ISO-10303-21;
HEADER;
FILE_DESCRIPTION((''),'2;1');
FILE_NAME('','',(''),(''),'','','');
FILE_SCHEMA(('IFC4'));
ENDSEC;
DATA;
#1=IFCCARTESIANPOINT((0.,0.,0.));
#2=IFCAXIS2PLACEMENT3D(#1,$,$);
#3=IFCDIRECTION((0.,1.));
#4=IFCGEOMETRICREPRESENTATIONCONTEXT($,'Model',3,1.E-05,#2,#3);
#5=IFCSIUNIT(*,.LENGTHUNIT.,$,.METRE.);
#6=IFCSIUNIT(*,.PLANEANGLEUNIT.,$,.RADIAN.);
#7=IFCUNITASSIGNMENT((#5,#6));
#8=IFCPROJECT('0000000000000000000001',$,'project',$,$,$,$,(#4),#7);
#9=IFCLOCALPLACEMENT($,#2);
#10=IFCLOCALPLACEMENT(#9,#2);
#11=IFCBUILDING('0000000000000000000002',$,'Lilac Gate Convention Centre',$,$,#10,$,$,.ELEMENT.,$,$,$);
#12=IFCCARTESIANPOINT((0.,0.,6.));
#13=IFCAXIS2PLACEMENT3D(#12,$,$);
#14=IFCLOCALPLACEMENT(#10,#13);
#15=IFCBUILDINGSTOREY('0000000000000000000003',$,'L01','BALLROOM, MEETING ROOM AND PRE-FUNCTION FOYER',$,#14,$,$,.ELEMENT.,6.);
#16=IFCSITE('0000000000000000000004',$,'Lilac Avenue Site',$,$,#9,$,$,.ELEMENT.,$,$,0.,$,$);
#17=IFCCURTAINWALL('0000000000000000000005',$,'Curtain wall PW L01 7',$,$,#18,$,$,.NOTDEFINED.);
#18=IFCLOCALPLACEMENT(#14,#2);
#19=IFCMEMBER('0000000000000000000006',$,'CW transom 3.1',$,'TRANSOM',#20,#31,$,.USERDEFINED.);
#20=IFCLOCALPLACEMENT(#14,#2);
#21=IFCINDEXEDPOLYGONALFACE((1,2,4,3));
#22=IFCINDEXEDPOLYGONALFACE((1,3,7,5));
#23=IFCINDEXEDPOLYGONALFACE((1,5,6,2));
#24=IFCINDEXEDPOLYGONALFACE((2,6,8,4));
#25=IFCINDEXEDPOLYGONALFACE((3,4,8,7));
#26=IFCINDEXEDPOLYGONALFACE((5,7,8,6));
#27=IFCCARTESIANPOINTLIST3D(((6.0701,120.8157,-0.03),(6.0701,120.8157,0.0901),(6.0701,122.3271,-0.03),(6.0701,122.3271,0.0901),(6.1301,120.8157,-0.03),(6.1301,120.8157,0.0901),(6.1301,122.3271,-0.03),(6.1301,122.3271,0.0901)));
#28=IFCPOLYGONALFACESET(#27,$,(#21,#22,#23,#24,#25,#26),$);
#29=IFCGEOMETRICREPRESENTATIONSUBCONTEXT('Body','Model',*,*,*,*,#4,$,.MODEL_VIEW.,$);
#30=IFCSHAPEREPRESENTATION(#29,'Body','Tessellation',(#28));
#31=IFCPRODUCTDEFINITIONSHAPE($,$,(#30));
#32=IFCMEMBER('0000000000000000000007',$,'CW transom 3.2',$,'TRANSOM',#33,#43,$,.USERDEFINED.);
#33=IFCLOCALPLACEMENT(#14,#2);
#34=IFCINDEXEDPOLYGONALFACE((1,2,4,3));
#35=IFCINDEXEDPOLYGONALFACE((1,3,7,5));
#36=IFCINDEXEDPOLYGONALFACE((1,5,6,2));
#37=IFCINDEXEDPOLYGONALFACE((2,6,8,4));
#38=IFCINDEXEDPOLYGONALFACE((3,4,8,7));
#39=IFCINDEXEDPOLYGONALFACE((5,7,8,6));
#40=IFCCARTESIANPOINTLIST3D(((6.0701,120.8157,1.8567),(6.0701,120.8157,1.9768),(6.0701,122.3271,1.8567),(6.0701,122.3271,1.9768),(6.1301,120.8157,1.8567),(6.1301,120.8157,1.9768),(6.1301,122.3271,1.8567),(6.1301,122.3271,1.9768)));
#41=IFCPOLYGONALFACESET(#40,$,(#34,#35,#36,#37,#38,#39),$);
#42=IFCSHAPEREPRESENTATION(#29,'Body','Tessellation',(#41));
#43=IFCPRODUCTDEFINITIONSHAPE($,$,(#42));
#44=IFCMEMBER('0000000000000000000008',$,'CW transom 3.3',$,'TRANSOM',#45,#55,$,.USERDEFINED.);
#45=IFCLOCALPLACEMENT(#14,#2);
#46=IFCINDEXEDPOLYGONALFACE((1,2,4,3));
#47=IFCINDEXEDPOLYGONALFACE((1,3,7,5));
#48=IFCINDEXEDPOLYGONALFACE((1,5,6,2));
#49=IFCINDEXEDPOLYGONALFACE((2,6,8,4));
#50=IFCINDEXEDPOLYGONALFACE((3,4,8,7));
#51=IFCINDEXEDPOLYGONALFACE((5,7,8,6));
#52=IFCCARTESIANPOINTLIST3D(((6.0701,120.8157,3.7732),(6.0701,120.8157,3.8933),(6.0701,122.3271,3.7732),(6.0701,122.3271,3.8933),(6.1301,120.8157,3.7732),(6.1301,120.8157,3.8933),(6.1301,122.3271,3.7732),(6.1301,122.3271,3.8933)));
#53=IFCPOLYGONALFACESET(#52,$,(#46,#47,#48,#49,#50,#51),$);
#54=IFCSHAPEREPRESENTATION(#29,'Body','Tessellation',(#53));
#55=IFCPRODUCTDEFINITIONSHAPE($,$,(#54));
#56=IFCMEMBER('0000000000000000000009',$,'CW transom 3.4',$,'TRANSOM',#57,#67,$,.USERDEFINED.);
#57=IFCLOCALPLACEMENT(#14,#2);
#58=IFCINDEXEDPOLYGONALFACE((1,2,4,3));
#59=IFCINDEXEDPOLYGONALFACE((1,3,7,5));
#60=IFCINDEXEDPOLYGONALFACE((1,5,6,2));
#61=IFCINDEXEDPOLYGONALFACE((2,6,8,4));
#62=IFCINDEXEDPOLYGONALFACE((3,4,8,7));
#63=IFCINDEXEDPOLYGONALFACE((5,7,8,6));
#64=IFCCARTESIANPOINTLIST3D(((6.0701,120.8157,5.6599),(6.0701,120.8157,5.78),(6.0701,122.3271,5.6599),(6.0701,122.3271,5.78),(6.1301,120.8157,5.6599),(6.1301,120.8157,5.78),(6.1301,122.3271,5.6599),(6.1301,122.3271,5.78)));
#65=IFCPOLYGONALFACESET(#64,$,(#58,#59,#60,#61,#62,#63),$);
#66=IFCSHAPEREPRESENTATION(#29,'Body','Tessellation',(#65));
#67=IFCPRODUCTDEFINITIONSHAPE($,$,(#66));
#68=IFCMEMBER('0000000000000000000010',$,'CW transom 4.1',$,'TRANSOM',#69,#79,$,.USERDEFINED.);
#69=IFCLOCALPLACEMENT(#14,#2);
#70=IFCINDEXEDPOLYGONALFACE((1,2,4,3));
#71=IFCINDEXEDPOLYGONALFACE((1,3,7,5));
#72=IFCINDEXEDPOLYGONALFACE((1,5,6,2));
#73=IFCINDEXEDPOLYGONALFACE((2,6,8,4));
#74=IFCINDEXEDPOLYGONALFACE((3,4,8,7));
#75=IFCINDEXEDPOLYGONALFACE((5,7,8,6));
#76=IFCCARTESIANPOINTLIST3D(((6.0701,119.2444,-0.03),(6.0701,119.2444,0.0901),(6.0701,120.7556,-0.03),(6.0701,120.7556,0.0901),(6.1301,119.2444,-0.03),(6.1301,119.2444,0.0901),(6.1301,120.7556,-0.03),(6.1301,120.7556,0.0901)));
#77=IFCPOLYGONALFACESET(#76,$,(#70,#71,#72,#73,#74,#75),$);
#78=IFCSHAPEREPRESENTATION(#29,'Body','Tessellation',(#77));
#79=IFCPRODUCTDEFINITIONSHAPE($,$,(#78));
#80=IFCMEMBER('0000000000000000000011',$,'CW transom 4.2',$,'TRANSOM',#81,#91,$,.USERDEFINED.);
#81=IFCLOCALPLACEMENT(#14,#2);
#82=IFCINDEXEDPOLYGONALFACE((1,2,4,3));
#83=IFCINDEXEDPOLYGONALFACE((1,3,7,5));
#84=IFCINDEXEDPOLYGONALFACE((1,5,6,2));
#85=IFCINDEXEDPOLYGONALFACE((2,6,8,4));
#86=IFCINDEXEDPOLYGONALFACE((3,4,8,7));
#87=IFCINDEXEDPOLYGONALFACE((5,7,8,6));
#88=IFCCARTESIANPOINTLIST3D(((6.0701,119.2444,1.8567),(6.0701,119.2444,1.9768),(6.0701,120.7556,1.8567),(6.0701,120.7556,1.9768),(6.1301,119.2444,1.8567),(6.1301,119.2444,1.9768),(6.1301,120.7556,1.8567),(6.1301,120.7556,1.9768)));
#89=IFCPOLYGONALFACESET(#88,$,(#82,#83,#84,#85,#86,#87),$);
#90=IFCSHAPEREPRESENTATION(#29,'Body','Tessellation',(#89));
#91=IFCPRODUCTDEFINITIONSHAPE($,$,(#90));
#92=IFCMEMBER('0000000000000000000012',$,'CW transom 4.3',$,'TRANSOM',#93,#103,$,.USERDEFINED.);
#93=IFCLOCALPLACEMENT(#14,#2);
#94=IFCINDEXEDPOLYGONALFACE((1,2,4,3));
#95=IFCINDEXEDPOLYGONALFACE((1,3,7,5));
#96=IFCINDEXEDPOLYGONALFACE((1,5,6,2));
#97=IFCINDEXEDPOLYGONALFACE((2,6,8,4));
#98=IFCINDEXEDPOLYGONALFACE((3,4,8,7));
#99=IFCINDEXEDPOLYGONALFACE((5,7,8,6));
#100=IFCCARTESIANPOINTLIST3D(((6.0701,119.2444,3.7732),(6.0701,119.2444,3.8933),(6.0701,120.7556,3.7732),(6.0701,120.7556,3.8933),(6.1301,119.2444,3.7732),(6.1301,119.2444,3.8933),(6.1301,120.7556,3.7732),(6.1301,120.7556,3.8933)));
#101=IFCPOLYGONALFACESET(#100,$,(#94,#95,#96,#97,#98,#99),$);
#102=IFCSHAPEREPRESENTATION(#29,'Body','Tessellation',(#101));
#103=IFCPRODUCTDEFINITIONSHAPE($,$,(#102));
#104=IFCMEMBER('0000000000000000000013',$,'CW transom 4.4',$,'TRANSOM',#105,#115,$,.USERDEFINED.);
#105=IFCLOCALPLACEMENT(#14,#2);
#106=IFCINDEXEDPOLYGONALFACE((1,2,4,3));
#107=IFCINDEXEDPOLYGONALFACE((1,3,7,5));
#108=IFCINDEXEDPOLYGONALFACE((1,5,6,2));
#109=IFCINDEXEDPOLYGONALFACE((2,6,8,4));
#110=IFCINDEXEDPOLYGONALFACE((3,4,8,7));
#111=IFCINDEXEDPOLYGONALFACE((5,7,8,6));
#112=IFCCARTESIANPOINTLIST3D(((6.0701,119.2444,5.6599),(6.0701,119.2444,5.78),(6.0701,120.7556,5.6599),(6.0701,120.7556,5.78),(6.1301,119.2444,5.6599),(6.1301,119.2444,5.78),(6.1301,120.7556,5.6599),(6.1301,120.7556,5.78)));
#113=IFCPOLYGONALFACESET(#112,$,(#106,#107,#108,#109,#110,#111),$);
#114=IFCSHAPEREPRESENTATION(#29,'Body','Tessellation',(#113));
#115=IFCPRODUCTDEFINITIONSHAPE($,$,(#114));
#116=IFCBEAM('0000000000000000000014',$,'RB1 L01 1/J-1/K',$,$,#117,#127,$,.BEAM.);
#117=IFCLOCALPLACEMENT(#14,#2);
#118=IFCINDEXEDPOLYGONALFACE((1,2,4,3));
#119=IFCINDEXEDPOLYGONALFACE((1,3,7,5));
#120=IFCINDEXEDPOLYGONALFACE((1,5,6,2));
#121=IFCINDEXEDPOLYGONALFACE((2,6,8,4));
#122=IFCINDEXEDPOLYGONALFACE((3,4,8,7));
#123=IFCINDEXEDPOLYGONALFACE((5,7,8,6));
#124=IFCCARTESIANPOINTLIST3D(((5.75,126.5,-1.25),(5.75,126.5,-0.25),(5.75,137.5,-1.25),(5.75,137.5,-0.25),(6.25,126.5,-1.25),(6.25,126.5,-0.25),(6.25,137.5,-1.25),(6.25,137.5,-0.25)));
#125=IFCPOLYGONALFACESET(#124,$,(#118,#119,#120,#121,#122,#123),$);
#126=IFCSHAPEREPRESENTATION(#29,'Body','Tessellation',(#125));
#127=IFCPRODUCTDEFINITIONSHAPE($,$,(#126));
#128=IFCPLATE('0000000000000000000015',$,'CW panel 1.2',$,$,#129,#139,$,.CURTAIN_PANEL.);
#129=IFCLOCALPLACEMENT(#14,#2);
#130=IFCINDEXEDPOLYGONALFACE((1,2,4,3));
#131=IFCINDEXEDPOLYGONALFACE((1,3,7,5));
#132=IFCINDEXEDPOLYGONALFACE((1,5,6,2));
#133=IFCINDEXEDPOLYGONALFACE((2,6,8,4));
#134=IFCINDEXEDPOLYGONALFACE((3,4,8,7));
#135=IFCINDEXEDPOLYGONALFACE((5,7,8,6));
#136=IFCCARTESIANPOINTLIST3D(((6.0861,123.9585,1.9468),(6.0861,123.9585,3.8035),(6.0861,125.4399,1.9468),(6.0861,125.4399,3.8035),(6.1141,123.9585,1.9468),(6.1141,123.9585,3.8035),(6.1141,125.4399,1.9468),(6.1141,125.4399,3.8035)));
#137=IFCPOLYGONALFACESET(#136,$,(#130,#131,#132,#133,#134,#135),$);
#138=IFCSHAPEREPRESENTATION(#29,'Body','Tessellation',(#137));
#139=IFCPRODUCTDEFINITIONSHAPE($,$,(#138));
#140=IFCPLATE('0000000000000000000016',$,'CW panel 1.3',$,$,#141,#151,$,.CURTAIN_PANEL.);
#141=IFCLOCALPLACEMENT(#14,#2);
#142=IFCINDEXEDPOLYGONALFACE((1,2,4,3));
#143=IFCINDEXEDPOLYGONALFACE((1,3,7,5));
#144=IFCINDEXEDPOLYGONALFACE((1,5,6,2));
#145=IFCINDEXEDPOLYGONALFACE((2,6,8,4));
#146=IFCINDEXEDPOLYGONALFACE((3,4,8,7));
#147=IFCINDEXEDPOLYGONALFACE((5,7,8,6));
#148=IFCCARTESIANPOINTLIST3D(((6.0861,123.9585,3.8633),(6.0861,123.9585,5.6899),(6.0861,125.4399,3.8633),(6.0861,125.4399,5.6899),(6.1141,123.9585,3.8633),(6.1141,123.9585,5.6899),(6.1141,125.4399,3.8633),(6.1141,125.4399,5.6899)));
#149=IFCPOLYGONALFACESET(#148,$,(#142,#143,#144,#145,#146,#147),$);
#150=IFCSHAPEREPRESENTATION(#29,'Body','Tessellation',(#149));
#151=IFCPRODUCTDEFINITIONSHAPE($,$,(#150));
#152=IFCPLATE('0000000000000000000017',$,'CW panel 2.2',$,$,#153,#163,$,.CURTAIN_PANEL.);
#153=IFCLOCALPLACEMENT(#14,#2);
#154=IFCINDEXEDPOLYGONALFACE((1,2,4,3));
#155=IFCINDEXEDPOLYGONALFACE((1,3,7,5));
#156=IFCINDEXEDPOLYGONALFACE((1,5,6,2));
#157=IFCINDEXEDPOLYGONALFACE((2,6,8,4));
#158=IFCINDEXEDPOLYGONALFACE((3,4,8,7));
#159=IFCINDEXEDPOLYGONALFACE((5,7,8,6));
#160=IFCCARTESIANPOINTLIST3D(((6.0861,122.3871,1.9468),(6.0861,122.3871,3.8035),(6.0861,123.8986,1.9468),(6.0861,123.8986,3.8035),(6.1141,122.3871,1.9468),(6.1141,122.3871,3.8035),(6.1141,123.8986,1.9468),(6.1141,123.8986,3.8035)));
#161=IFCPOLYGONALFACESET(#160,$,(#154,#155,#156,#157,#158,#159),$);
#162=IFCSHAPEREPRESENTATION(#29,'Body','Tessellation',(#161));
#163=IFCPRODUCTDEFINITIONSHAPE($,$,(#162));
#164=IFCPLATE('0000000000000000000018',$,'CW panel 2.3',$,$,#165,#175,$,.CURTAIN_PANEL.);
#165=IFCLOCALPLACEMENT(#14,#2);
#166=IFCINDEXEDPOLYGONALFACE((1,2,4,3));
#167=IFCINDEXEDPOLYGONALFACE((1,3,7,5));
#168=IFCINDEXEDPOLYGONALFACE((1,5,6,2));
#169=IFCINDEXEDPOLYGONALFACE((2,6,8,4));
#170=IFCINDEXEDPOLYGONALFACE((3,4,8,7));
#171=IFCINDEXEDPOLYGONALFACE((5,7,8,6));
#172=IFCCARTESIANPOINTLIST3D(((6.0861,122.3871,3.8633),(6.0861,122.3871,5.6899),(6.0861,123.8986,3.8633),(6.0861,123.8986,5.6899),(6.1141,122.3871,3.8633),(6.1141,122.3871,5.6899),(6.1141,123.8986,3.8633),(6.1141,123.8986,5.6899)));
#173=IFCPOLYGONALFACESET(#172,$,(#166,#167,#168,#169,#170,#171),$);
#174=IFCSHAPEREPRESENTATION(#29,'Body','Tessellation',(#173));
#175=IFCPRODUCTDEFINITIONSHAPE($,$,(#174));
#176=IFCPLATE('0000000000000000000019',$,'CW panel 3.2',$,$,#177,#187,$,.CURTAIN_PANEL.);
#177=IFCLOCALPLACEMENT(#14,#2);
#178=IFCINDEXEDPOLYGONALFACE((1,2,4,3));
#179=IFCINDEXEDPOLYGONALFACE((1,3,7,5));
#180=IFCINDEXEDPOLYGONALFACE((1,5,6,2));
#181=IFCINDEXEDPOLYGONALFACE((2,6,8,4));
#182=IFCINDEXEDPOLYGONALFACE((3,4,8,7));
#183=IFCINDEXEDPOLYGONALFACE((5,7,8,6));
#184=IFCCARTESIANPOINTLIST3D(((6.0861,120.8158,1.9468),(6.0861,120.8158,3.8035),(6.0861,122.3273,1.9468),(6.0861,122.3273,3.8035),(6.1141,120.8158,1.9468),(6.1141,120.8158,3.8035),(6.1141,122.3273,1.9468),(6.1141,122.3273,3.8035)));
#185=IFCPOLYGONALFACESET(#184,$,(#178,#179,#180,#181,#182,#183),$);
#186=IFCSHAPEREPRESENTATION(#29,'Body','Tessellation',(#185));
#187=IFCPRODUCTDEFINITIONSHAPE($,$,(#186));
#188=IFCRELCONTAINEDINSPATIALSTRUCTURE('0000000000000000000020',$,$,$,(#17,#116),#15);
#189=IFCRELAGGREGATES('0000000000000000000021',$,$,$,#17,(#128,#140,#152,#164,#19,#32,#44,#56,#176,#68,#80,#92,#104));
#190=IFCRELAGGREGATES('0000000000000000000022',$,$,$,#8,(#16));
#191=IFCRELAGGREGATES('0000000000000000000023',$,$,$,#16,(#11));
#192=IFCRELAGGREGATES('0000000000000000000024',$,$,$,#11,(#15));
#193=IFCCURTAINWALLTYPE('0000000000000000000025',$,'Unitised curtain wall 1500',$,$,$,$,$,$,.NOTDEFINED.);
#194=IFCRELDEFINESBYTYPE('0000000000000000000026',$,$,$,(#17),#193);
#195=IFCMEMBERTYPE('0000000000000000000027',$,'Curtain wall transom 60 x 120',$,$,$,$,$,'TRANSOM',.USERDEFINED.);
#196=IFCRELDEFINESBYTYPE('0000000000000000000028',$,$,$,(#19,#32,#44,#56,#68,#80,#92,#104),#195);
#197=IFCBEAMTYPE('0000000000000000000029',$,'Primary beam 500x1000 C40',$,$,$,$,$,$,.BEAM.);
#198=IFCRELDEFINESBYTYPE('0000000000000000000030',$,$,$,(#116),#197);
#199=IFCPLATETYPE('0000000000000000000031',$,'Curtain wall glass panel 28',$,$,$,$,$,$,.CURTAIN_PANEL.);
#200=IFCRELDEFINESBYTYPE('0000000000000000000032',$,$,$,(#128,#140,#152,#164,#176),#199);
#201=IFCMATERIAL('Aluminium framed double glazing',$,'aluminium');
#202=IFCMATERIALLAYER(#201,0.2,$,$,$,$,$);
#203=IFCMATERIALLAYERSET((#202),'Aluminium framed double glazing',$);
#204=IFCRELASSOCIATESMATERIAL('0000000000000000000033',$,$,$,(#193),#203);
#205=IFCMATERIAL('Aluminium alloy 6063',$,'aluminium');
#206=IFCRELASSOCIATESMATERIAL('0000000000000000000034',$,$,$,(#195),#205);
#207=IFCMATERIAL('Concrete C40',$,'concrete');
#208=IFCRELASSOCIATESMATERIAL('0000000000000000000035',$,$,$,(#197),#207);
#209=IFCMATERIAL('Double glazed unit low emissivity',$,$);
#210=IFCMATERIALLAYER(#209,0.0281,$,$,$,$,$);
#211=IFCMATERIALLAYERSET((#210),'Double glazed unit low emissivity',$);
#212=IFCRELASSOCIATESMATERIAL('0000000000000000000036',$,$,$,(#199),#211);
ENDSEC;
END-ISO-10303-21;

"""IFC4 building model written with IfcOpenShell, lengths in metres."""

from ifc_helpers import new_model, si_unit, direction, frame, origin, origin_2d, place, context, subcontext, project, spatial, rectangle, extrude, material, layer, layer_set, material_profile, profile_set, type_object, element, aggregate, save


model = new_model("IFC4")

# Units and contexts
model_context = context("Model", 3, precision=1e-05, world=origin(), true_north=direction((0.0, 1.0)))
body_context = subcontext(model_context, "Body", "Model", "MODEL_VIEW")
ifc_project = project(units=[si_unit("LENGTHUNIT", "METRE"), si_unit("PLANEANGLEUNIT", "RADIAN")], contexts=[model_context])

# Site, building, storey
site_placement = place(None, origin())
site = spatial("IfcSite", under=ifc_project, at=site_placement, Name="Lilac Avenue Site", CompositionType="ELEMENT", RefElevation=0.0)
building_placement = place(site_placement, origin())
building = spatial("IfcBuilding", under=site, at=building_placement, Name="Lilac Gate Convention Centre", CompositionType="ELEMENT")
storey_placement = place(building_placement, frame((0.0, 0.0, 6.0)))
storey = spatial("IfcBuildingStorey", under=building, at=storey_placement, Name="L01", Description="BALLROOM, MEETING ROOM AND PRE-FUNCTION FOYER", CompositionType="ELEMENT", Elevation=6.0)

# Shared definitions
ifc_material_1 = material(Name="Concrete C40", Category="concrete")

# Shared definitions
ifc_material_2 = material(Name="Aluminium framed double glazing", Category="aluminium")
ifc_layer_1 = layer(ifc_material_2, 0.2)
ifc_layer_set_1 = layer_set([ifc_layer_1], Name="Aluminium framed double glazing")
curtain_wall_type = type_object("IfcCurtainWallType", Name="Unitised curtain wall 1500", PredefinedType="NOTDEFINED", material=ifc_layer_set_1)
ifc_material_3 = material(Name="Aluminium alloy 6063", Category="aluminium")

# Curtain wall, members
curtain_wall_1_placement = place(storey_placement, origin())
curtain_wall_1 = element("IfcCurtainWall", 1, at=curtain_wall_1_placement, inside=storey, type_object=curtain_wall_type, Name="Curtain wall PW L01 7", PredefinedType="NOTDEFINED")
ifc_material_profile_1 = material_profile(ifc_material_3, rectangle(XDim=0.0601, YDim=0.1201, at=origin_2d()), Name="Curtain wall transom 60 x 120")
ifc_profile_set_1 = profile_set([ifc_material_profile_1], Name="Aluminium alloy 6063")
member_type_1 = type_object("IfcMemberType", Name="Curtain wall transom 60 x 120", ElementType="TRANSOM", PredefinedType="USERDEFINED", material=ifc_profile_set_1)
member_1_placement = place(storey_placement, frame((6.1001, 122.3271, 0.03), z_axis=(0.0, -1.0, 0.0), x_axis=(1.0, 0.0, 0.0)))
member_1 = element("IfcMember", 2, at=member_1_placement, type_object=member_type_1, Name="CW transom 3.1", ObjectType="TRANSOM", PredefinedType="USERDEFINED", context=body_context, shape_type="SweptSolid", body=[
    extrude(rectangle(XDim=0.0601, YDim=0.1201, at=origin_2d()), origin(), (0.0, 0.0, 1.0), 1.5115),
])
member_2_placement = place(storey_placement, frame((6.1001, 122.3271, 1.9167), z_axis=(0.0, -1.0, 0.0), x_axis=(1.0, 0.0, 0.0)))
member_2 = element("IfcMember", 3, at=member_2_placement, type_object=member_type_1, Name="CW transom 3.2", ObjectType="TRANSOM", PredefinedType="USERDEFINED", context=body_context, shape_type="SweptSolid", body=[
    extrude(rectangle(XDim=0.0601, YDim=0.1201, at=origin_2d()), origin(), (0.0, 0.0, 1.0), 1.5115),
])
member_3_placement = place(storey_placement, frame((6.1001, 122.3271, 3.8333), z_axis=(0.0, -1.0, 0.0), x_axis=(1.0, 0.0, 0.0)))
member_3 = element("IfcMember", 4, at=member_3_placement, type_object=member_type_1, Name="CW transom 3.3", ObjectType="TRANSOM", PredefinedType="USERDEFINED", context=body_context, shape_type="SweptSolid", body=[
    extrude(rectangle(XDim=0.0601, YDim=0.1201, at=origin_2d()), origin(), (0.0, 0.0, 1.0), 1.5115),
])
member_4_placement = place(storey_placement, frame((6.1001, 122.3271, 5.72), z_axis=(0.0, -1.0, 0.0), x_axis=(1.0, 0.0, 0.0)))
member_4 = element("IfcMember", 5, at=member_4_placement, type_object=member_type_1, Name="CW transom 3.4", ObjectType="TRANSOM", PredefinedType="USERDEFINED", context=body_context, shape_type="SweptSolid", body=[
    extrude(rectangle(XDim=0.0601, YDim=0.1201, at=origin_2d()), origin(), (0.0, 0.0, 1.0), 1.5115),
])
member_5_placement = place(storey_placement, frame((6.1001, 120.7556, 0.03), z_axis=(0.0, -1.0, 0.0), x_axis=(1.0, 0.0, 0.0)))
member_5 = element("IfcMember", 6, at=member_5_placement, type_object=member_type_1, Name="CW transom 4.1", ObjectType="TRANSOM", PredefinedType="USERDEFINED", context=body_context, shape_type="SweptSolid", body=[
    extrude(rectangle(XDim=0.0601, YDim=0.1201, at=origin_2d()), origin(), (0.0, 0.0, 1.0), 1.5112),
])
member_6_placement = place(storey_placement, frame((6.1001, 120.7556, 1.9167), z_axis=(0.0, -1.0, 0.0), x_axis=(1.0, 0.0, 0.0)))
member_6 = element("IfcMember", 7, at=member_6_placement, type_object=member_type_1, Name="CW transom 4.2", ObjectType="TRANSOM", PredefinedType="USERDEFINED", context=body_context, shape_type="SweptSolid", body=[
    extrude(rectangle(XDim=0.0601, YDim=0.1201, at=origin_2d()), origin(), (0.0, 0.0, 1.0), 1.5112),
])
member_7_placement = place(storey_placement, frame((6.1001, 120.7556, 3.8333), z_axis=(0.0, -1.0, 0.0), x_axis=(1.0, 0.0, 0.0)))
member_7 = element("IfcMember", 8, at=member_7_placement, type_object=member_type_1, Name="CW transom 4.3", ObjectType="TRANSOM", PredefinedType="USERDEFINED", context=body_context, shape_type="SweptSolid", body=[
    extrude(rectangle(XDim=0.0601, YDim=0.1201, at=origin_2d()), origin(), (0.0, 0.0, 1.0), 1.5112),
])
member_8_placement = place(storey_placement, frame((6.1001, 120.7556, 5.72), z_axis=(0.0, -1.0, 0.0), x_axis=(1.0, 0.0, 0.0)))
member_8 = element("IfcMember", 9, at=member_8_placement, type_object=member_type_1, Name="CW transom 4.4", ObjectType="TRANSOM", PredefinedType="USERDEFINED", context=body_context, shape_type="SweptSolid", body=[
    extrude(rectangle(XDim=0.0601, YDim=0.1201, at=origin_2d()), origin(), (0.0, 0.0, 1.0), 1.5112),
])

# Beam
ifc_material_profile_2 = material_profile(ifc_material_1, rectangle(XDim=0.5, YDim=1.0, at=origin_2d()), Name="RC 500x1000")
ifc_profile_set_2 = profile_set([ifc_material_profile_2], Name="Concrete C40")
beam_type = type_object("IfcBeamType", Name="Primary beam 500x1000 C40", PredefinedType="BEAM", material=ifc_profile_set_2)
beam_placement = place(storey_placement, frame((6.0, 126.5, -0.75), z_axis=(0.0, 1.0, 0.0), x_axis=(-1.0, 0.0, 0.0)))
element("IfcBeam", 10, at=beam_placement, inside=storey, type_object=beam_type, Name="RB1 L01 1/J-1/K", PredefinedType="BEAM", context=body_context, shape_type="SweptSolid", body=[
    extrude(rectangle(XDim=0.5, YDim=1.0, at=origin_2d()), origin(), (0.0, 0.0, 1.0), 11.0),
])

# Plates
ifc_material_4 = material(Name="Double glazed unit low emissivity")
ifc_layer_2 = layer(ifc_material_4, 0.0281)
ifc_layer_set_2 = layer_set([ifc_layer_2], Name="Double glazed unit low emissivity")
plate_type_1 = type_object("IfcPlateType", Name="Curtain wall glass panel 28", PredefinedType="CURTAIN_PANEL", material=ifc_layer_set_2)
plate_1_placement = place(storey_placement, frame((6.1001, 124.6992, 1.9468), z_axis=(0.0, 0.0, 1.0), x_axis=(0.0, -1.0, 0.0)))
plate_1 = element("IfcPlate", 11, at=plate_1_placement, type_object=plate_type_1, Name="CW panel 1.2", PredefinedType="CURTAIN_PANEL", context=body_context, shape_type="SweptSolid", body=[
    extrude(rectangle(XDim=1.4814, YDim=0.0281, at=origin_2d()), origin(), (0.0, 0.0, 1.0), 1.8567),
])
plate_2_placement = place(storey_placement, frame((6.1001, 124.6992, 3.8633), z_axis=(0.0, 0.0, 1.0), x_axis=(0.0, -1.0, 0.0)))
plate_2 = element("IfcPlate", 12, at=plate_2_placement, type_object=plate_type_1, Name="CW panel 1.3", PredefinedType="CURTAIN_PANEL", context=body_context, shape_type="SweptSolid", body=[
    extrude(rectangle(XDim=1.4814, YDim=0.0281, at=origin_2d()), origin(), (0.0, 0.0, 1.0), 1.8267),
])
plate_3_placement = place(storey_placement, frame((6.1001, 123.1428, 1.9468), z_axis=(0.0, 0.0, 1.0), x_axis=(0.0, -1.0, 0.0)))
plate_3 = element("IfcPlate", 13, at=plate_3_placement, type_object=plate_type_1, Name="CW panel 2.2", PredefinedType="CURTAIN_PANEL", context=body_context, shape_type="SweptSolid", body=[
    extrude(rectangle(XDim=1.5115, YDim=0.0281, at=origin_2d()), origin(), (0.0, 0.0, 1.0), 1.8567),
])
plate_4_placement = place(storey_placement, frame((6.1001, 123.1428, 3.8633), z_axis=(0.0, 0.0, 1.0), x_axis=(0.0, -1.0, 0.0)))
plate_4 = element("IfcPlate", 14, at=plate_4_placement, type_object=plate_type_1, Name="CW panel 2.3", PredefinedType="CURTAIN_PANEL", context=body_context, shape_type="SweptSolid", body=[
    extrude(rectangle(XDim=1.5115, YDim=0.0281, at=origin_2d()), origin(), (0.0, 0.0, 1.0), 1.8267),
])
plate_5_placement = place(storey_placement, frame((6.1001, 121.5715, 1.9468), z_axis=(0.0, 0.0, 1.0), x_axis=(0.0, -1.0, 0.0)))
plate_5 = element("IfcPlate", 15, at=plate_5_placement, type_object=plate_type_1, Name="CW panel 3.2", PredefinedType="CURTAIN_PANEL", context=body_context, shape_type="SweptSolid", body=[
    extrude(rectangle(XDim=1.5115, YDim=0.0281, at=origin_2d()), origin(), (0.0, 0.0, 1.0), 1.8567),
])
aggregate(curtain_wall_1, [plate_1, plate_2, plate_3, plate_4, member_1, member_2, member_3, member_4, plate_5, member_5, member_6, member_7, member_8])

save(model, "model.ifc")
